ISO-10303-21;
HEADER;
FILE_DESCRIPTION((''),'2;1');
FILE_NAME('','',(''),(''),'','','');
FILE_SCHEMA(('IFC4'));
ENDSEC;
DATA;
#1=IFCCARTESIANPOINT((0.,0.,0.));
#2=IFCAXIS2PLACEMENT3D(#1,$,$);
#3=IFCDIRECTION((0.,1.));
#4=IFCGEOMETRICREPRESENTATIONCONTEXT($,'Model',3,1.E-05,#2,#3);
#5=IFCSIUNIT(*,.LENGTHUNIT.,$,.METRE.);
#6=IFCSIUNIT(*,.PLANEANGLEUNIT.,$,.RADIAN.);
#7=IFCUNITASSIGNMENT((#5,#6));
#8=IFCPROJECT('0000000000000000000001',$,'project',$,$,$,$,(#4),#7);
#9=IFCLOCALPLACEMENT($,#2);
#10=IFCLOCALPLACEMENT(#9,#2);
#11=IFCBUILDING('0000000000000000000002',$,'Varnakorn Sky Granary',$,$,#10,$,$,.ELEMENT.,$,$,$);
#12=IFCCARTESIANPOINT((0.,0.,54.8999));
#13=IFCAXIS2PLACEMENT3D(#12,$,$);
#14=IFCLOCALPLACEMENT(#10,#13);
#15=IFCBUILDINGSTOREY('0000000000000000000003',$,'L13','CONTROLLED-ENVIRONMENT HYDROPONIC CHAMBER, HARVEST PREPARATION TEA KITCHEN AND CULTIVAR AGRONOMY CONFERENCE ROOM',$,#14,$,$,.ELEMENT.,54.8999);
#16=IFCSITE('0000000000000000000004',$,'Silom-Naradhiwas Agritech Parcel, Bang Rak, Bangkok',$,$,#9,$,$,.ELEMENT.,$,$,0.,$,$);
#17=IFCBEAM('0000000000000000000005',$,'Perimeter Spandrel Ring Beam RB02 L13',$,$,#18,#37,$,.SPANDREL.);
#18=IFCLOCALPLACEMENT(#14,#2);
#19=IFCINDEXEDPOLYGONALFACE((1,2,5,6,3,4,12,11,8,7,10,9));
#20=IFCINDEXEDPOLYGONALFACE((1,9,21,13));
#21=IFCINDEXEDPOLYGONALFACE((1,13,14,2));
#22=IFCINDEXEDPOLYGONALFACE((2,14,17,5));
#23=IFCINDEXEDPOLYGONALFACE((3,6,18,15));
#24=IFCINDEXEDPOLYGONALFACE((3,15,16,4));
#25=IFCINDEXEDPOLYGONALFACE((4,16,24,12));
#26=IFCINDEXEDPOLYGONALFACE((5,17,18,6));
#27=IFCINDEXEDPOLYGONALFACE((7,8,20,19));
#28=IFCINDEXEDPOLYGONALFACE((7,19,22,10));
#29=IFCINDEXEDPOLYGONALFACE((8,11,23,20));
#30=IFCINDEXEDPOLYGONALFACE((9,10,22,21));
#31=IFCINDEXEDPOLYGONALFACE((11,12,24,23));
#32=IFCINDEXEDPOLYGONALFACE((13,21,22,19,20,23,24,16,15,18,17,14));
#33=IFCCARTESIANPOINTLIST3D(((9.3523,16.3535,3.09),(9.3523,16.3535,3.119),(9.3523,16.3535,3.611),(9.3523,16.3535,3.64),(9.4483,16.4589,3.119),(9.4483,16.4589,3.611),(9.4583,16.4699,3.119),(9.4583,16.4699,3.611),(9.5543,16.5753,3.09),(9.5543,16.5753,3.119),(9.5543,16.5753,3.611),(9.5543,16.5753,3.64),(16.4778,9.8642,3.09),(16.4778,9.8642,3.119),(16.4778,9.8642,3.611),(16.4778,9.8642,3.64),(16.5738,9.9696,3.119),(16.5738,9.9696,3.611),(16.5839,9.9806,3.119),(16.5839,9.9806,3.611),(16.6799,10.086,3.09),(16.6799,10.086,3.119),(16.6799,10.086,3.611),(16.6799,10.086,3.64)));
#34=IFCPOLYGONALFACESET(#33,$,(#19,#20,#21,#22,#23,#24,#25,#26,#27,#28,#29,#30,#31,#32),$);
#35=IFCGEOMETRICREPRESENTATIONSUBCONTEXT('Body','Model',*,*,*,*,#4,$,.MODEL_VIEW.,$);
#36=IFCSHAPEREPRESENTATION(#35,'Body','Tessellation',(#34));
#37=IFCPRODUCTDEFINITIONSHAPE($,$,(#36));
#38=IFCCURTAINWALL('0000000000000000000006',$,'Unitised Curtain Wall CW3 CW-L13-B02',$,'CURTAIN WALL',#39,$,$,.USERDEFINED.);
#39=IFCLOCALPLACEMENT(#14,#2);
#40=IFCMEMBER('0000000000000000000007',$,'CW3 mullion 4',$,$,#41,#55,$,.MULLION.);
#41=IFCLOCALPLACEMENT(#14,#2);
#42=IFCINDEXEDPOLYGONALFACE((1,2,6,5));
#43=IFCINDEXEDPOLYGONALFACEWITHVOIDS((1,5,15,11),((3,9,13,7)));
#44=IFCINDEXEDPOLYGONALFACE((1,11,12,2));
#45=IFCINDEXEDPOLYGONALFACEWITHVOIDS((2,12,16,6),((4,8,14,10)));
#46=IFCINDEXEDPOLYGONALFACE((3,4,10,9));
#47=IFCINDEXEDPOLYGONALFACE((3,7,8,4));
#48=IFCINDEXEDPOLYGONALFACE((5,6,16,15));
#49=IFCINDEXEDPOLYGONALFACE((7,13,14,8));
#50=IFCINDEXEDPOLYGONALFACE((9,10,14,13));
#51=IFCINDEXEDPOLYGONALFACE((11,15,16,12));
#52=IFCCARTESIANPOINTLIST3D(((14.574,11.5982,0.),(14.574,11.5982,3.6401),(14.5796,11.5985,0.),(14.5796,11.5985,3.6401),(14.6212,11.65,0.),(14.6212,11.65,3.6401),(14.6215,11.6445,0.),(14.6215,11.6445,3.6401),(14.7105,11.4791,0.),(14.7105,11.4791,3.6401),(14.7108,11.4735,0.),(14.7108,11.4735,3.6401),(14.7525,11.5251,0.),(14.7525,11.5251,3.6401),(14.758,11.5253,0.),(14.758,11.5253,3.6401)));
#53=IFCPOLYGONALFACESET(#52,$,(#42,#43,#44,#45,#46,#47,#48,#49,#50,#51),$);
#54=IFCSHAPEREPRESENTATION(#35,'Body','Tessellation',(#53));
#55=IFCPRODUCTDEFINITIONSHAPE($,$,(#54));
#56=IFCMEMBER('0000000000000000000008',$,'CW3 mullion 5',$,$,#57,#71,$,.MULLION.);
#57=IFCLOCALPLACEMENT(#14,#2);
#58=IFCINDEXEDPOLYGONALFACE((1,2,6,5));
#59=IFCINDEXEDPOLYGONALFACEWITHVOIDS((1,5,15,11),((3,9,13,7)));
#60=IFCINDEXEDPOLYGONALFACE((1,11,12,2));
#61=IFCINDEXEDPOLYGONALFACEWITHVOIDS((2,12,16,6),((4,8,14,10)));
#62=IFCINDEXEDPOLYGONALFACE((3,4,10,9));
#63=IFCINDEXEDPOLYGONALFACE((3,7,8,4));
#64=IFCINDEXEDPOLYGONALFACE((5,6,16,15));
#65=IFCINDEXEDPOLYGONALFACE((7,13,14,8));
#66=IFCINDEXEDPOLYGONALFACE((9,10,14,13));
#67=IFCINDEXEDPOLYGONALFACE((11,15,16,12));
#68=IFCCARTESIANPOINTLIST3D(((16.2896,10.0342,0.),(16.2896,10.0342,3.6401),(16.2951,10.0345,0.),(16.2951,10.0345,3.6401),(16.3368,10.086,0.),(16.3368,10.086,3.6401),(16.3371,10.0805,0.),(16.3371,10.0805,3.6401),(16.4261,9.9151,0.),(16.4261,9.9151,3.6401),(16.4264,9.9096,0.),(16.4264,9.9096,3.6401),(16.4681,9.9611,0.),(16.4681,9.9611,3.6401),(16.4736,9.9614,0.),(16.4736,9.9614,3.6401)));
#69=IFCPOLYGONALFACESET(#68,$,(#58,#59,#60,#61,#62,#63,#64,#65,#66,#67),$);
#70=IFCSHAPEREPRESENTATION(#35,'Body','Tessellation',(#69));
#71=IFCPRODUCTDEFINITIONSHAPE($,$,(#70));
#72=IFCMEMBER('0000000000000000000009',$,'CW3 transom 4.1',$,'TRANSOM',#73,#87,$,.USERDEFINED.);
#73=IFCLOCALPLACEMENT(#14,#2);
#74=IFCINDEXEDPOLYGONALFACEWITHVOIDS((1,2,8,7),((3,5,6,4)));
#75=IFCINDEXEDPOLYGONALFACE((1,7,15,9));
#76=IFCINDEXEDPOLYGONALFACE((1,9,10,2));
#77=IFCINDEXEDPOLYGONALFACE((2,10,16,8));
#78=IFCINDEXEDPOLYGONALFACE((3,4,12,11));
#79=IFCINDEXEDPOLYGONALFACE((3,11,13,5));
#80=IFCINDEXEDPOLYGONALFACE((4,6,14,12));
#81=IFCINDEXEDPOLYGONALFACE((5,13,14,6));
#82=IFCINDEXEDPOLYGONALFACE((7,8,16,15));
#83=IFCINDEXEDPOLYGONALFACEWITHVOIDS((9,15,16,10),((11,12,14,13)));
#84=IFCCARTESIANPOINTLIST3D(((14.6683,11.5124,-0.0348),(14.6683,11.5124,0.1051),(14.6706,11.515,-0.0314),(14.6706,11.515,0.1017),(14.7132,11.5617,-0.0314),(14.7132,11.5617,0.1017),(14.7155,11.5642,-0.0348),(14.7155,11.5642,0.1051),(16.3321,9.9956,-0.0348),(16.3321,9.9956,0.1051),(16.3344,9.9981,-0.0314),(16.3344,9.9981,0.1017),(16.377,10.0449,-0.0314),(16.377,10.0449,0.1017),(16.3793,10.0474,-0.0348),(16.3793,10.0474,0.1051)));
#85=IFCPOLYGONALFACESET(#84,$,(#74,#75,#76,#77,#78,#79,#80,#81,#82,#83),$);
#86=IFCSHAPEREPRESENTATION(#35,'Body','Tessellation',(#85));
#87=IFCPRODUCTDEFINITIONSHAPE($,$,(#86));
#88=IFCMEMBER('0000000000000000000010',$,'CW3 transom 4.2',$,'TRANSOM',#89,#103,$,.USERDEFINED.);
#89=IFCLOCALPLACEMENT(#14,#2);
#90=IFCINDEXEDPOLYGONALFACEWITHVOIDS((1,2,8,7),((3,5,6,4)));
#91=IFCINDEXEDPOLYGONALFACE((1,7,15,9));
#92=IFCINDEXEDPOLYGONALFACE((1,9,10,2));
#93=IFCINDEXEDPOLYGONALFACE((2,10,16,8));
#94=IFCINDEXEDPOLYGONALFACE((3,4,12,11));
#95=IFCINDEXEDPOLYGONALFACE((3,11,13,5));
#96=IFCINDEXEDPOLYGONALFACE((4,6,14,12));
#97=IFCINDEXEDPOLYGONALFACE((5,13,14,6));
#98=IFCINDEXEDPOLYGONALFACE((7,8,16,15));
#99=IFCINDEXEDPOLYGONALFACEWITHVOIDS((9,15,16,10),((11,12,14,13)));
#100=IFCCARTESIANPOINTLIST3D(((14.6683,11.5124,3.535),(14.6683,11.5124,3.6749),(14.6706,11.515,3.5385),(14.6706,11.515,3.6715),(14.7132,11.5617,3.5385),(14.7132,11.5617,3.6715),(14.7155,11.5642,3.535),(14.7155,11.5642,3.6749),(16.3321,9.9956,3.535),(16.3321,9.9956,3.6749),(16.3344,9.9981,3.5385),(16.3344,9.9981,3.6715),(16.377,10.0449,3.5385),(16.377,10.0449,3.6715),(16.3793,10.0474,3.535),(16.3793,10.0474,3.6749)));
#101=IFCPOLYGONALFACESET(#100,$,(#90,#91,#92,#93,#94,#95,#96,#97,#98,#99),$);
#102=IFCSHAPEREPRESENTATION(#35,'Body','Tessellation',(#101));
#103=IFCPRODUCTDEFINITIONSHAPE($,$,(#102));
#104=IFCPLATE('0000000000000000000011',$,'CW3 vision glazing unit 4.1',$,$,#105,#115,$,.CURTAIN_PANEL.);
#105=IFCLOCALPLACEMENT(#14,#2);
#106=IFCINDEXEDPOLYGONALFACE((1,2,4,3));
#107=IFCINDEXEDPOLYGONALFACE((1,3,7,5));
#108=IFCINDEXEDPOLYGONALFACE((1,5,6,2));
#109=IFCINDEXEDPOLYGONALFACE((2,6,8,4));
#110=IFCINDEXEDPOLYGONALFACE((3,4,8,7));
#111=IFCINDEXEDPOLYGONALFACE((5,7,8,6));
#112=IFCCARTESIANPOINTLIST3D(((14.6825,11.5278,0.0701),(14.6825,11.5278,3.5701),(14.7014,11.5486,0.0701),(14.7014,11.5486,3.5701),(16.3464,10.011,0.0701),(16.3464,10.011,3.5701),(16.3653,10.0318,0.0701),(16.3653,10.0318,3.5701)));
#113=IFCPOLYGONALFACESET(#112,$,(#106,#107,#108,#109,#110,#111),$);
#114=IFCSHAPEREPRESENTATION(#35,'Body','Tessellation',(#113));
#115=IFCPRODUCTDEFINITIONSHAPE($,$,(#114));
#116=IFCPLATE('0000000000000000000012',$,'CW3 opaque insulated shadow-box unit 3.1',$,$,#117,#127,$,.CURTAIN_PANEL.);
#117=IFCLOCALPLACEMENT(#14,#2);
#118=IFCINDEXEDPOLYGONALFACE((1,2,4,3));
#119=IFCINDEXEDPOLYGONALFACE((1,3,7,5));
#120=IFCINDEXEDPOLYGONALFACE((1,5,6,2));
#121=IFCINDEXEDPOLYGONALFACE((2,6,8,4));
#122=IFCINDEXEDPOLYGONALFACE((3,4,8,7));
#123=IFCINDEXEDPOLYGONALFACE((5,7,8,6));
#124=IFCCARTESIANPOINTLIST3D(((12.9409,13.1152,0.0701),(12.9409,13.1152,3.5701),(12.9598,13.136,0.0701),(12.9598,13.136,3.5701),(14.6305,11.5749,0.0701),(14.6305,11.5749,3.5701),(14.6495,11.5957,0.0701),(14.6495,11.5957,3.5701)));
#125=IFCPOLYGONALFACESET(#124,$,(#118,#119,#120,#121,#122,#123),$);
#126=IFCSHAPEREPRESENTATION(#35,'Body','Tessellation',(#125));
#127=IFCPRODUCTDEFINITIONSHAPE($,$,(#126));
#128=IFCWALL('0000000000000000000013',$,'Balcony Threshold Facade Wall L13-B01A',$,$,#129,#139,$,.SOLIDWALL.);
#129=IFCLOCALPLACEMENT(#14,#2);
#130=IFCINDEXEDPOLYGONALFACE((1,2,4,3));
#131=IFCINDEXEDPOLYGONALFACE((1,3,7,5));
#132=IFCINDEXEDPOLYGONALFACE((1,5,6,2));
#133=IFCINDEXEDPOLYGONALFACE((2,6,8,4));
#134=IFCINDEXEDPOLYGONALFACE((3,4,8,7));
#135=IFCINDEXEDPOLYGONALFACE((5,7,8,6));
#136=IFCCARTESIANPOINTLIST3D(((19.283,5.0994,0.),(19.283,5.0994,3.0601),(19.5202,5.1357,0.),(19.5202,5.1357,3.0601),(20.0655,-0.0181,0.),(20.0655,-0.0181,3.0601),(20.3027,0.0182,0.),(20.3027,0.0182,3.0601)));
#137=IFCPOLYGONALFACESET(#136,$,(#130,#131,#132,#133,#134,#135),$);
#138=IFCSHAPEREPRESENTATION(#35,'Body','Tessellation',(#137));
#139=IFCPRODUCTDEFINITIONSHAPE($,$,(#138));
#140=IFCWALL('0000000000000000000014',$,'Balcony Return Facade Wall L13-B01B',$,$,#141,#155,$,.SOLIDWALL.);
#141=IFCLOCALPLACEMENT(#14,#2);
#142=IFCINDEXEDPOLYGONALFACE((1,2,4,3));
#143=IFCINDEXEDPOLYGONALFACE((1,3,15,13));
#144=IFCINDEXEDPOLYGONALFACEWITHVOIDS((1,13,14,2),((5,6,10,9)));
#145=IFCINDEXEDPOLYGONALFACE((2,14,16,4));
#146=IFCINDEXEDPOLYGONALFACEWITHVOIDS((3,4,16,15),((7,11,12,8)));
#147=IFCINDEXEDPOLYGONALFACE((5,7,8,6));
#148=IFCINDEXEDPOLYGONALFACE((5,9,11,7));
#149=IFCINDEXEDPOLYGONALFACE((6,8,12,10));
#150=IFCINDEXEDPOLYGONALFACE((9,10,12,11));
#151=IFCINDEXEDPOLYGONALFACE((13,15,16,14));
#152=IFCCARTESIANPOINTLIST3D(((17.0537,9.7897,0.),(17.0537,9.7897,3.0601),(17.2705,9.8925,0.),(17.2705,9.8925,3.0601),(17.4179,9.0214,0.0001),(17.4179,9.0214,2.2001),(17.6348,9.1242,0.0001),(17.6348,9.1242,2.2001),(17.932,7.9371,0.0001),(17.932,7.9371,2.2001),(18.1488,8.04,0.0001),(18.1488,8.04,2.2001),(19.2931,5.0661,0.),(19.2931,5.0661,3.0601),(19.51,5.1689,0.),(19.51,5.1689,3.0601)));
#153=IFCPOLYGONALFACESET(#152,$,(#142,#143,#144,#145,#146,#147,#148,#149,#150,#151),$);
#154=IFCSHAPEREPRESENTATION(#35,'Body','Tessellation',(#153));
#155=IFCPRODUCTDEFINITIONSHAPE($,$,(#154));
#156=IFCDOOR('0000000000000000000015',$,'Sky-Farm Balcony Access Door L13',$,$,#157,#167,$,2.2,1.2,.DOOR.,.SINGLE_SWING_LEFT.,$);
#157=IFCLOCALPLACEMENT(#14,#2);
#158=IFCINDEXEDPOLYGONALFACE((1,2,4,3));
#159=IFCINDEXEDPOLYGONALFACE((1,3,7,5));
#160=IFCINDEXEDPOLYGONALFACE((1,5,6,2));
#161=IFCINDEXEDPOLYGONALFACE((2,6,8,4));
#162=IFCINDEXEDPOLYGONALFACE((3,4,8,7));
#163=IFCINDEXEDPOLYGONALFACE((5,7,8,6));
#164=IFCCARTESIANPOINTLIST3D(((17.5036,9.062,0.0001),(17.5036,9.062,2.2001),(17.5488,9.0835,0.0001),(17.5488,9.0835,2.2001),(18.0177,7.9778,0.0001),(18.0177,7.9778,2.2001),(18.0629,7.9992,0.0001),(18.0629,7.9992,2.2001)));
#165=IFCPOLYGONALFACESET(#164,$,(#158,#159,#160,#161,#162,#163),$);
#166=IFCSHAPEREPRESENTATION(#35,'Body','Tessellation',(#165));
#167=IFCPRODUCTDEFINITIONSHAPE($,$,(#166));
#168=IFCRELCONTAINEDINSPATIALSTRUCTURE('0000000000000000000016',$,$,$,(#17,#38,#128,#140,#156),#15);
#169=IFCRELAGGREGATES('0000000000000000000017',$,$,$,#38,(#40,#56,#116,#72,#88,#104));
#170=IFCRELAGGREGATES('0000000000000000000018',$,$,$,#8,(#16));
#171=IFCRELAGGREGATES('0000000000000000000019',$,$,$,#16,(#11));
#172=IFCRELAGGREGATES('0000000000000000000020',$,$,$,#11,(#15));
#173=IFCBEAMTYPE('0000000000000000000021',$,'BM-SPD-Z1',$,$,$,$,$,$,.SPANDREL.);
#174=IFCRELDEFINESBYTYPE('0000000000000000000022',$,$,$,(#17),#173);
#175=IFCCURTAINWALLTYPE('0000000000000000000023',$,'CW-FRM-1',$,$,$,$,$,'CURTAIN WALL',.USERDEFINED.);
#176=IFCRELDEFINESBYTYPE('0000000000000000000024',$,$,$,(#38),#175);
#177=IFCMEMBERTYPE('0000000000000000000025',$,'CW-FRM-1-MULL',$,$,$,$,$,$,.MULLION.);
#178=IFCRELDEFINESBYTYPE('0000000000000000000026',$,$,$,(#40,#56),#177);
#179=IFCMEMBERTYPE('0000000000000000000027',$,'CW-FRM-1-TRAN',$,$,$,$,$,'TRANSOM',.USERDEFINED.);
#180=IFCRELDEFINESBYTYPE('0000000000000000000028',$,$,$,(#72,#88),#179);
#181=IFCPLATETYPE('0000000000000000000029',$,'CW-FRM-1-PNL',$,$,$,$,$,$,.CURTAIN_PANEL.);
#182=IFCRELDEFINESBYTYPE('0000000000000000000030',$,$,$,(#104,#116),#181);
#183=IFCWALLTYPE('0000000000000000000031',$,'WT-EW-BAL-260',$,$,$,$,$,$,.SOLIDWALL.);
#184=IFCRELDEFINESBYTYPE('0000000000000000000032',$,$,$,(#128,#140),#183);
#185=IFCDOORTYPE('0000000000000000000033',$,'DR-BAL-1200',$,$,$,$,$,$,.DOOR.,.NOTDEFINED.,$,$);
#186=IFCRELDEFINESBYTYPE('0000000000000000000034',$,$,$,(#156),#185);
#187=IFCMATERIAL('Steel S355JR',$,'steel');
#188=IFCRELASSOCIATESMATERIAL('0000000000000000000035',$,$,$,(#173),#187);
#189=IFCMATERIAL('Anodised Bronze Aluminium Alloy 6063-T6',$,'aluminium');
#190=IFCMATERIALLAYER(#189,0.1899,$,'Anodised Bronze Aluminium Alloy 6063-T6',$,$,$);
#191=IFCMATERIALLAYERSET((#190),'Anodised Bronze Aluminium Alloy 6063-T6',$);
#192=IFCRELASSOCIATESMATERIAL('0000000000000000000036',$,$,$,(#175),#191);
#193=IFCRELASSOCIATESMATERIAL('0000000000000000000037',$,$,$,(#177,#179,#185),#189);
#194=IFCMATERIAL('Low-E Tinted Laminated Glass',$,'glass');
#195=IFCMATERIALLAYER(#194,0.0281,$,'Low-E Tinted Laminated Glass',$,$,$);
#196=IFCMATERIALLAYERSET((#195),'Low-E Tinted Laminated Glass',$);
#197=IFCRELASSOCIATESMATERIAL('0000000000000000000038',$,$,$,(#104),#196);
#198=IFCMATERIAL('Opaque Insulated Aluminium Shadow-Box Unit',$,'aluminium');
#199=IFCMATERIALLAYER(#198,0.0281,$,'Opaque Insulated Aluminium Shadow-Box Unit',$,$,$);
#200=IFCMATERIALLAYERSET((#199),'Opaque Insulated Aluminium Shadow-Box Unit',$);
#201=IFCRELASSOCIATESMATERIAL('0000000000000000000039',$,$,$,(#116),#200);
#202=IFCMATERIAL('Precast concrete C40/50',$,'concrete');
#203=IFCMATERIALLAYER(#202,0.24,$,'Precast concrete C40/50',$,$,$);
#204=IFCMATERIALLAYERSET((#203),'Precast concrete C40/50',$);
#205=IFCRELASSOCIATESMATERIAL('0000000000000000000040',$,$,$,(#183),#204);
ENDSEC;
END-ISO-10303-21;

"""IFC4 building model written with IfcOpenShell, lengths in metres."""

from ifc_helpers import new_model, si_unit, direction, frame, frame_2d, origin, origin_2d, place, context, subcontext, project, spatial, rectangle, hollow_rectangle, i_section, extrude, source, transform, mapped, material, layer, layer_set, material_profile, profile_set, type_object, type_shapes, element, fill, aggregate, save


model = new_model("IFC4")

# Units and contexts
model_context = context("Model", 3, precision=1e-05, world=origin(), true_north=direction((0.0, 1.0)))
body_context = subcontext(model_context, "Body", "Model", "MODEL_VIEW")
ifc_project = project(units=[si_unit("LENGTHUNIT", "METRE"), si_unit("PLANEANGLEUNIT", "RADIAN")], contexts=[model_context])

# Site, building, storey
site_placement = place(None, origin())
site = spatial("IfcSite", under=ifc_project, at=site_placement, Name="Silom-Naradhiwas Agritech Parcel, Bang Rak, Bangkok", CompositionType="ELEMENT", RefElevation=0.0)
building_placement = place(site_placement, origin())
building = spatial("IfcBuilding", under=site, at=building_placement, Name="Varnakorn Sky Granary", CompositionType="ELEMENT")
storey_placement = place(building_placement, frame((0.0, 0.0, 54.8999)))
storey = spatial("IfcBuildingStorey", under=building, at=storey_placement, Name="L13", Description="CONTROLLED-ENVIRONMENT HYDROPONIC CHAMBER, HARVEST PREPARATION TEA KITCHEN AND CULTIVAR AGRONOMY CONFERENCE ROOM", CompositionType="ELEMENT", Elevation=54.8999)

# Beam
ifc_material_1 = material(Name="Steel S355JR", Category="steel")
ifc_material_profile_1 = material_profile(ifc_material_1, i_section(OverallWidth=0.3, OverallDepth=0.55, WebThickness=0.0149, FlangeThickness=0.0291, at=origin_2d()), Name="HE 550 B")
ifc_profile_set_1 = profile_set([ifc_material_profile_1], Name="Steel S355JR")
beam_type_1 = type_object("IfcBeamType", Name="BM-SPD-Z1", PredefinedType="SPANDREL", material=ifc_profile_set_1)
beam_1_placement = place(storey_placement, frame((16.5789, 9.9751, 3.365), z_axis=(-0.739344, 0.673328, 0.0), x_axis=(-0.673328, -0.739344, 0.0)))
element("IfcBeam", 1, at=beam_1_placement, inside=storey, type_object=beam_type_1, Name="Perimeter Spandrel Ring Beam RB02 L13", PredefinedType="SPANDREL", context=body_context, shape_type="SweptSolid", body=[
    extrude(i_section(OverallWidth=0.3, OverallDepth=0.55, WebThickness=0.0149, FlangeThickness=0.0291, at=origin_2d()), origin(), (0.0, 0.0, 1.0), 9.6377),
])

# Curtain wall, members, plates
ifc_material_2 = material(Name="Anodised Bronze Aluminium Alloy 6063-T6", Category="aluminium")
ifc_layer_1 = layer(ifc_material_2, 0.1899, Name="Anodised Bronze Aluminium Alloy 6063-T6")
ifc_layer_set_1 = layer_set([ifc_layer_1], Name="Anodised Bronze Aluminium Alloy 6063-T6")
curtain_wall_type = type_object("IfcCurtainWallType", Name="CW-FRM-1", ElementType="CURTAIN WALL", PredefinedType="USERDEFINED", material=ifc_layer_set_1)
curtain_wall_placement = place(storey_placement, origin())
curtain_wall = element("IfcCurtainWall", 2, at=curtain_wall_placement, inside=storey, type_object=curtain_wall_type, Name="Unitised Curtain Wall CW3 CW-L13-B02", ObjectType="CURTAIN WALL", PredefinedType="USERDEFINED")
ifc_material_profile_2 = material_profile(ifc_material_2, hollow_rectangle(XDim=0.0701, YDim=0.1851, WallThickness=0.0039, at=origin_2d()), Name="ALU MULL 70x185")
ifc_profile_set_2 = profile_set([ifc_material_profile_2], Name="Anodised Bronze Aluminium Alloy 6063-T6")
member_type_1 = type_object("IfcMemberType", Name="CW-FRM-1-MULL", PredefinedType="MULLION", material=ifc_profile_set_2)
member_1_placement = place(storey_placement, frame((14.666, 11.5618, 0.0), z_axis=(0.0, 0.0, 1.0), x_axis=(0.673687, 0.739017, 0.0)))
member_1 = element("IfcMember", 3, at=member_1_placement, type_object=member_type_1, Name="CW3 mullion 4", PredefinedType="MULLION", context=body_context, shape_type="SweptSolid", body=[
    extrude(hollow_rectangle(XDim=0.0701, YDim=0.1851, WallThickness=0.0039, at=origin_2d()), origin(), (0.0, 0.0, 1.0), 3.6401),
])
member_2_placement = place(storey_placement, frame((16.3816, 9.9978, 0.0), z_axis=(0.0, 0.0, 1.0), x_axis=(0.673687, 0.739017, 0.0)))
member_2 = element("IfcMember", 4, at=member_2_placement, type_object=member_type_1, Name="CW3 mullion 5", PredefinedType="MULLION", context=body_context, shape_type="SweptSolid", body=[
    extrude(hollow_rectangle(XDim=0.0701, YDim=0.1851, WallThickness=0.0039, at=origin_2d()), origin(), (0.0, 0.0, 1.0), 3.6401),
])
ifc_material_profile_3 = material_profile(ifc_material_2, hollow_rectangle(XDim=0.0701, YDim=0.1399, WallThickness=0.0034, at=origin_2d()), Name="ALU TRAN 70x140")
ifc_profile_set_3 = profile_set([ifc_material_profile_3], Name="Anodised Bronze Aluminium Alloy 6063-T6")
member_type_2 = type_object("IfcMemberType", Name="CW-FRM-1-TRAN", ElementType="TRANSOM", PredefinedType="USERDEFINED", material=ifc_profile_set_3)
member_3_placement = place(storey_placement, frame((14.6919, 11.5383, 0.0352), z_axis=(0.738992, -0.673714, 0.0), x_axis=(0.673714, 0.738992, 0.0)))
member_3 = element("IfcMember", 5, at=member_3_placement, type_object=member_type_2, Name="CW3 transom 4.1", ObjectType="TRANSOM", PredefinedType="USERDEFINED", context=body_context, shape_type="SweptSolid", body=[
    extrude(hollow_rectangle(XDim=0.0701, YDim=0.1399, WallThickness=0.0034, at=origin_2d()), origin(), (0.0, 0.0, 1.0), 2.2515),
])
member_4_placement = place(storey_placement, frame((14.6919, 11.5383, 3.605), z_axis=(0.738992, -0.673714, 0.0), x_axis=(0.673714, 0.738992, 0.0)))
member_4 = element("IfcMember", 6, at=member_4_placement, type_object=member_type_2, Name="CW3 transom 4.2", ObjectType="TRANSOM", PredefinedType="USERDEFINED", context=body_context, shape_type="SweptSolid", body=[
    extrude(hollow_rectangle(XDim=0.0701, YDim=0.1399, WallThickness=0.0034, at=origin_2d()), origin(), (0.0, 0.0, 1.0), 2.2515),
])
ifc_material_3 = material(Name="Low-E Tinted Laminated Glass", Category="glass")
ifc_layer_2 = layer(ifc_material_3, 0.0281, Name="Low-E Tinted Laminated Glass")
ifc_layer_set_2 = layer_set([ifc_layer_2], Name="Low-E Tinted Laminated Glass")
plate_type = type_object("IfcPlateType", Name="CW-FRM-1-PNL", PredefinedType="CURTAIN_PANEL")
shared_shape_1 = source(origin(), body_context, "Body", "SweptSolid", [
    extrude(rectangle(XDim=2.2515, YDim=0.0281, at=origin_2d()), origin(), (0.0, 0.0, 1.0), 3.5),
])
plate_1_placement = place(storey_placement, frame((15.5239, 10.7798, 0.0701), z_axis=(0.0, 0.0, 1.0), x_axis=(0.739017, -0.673687, 0.0)))
plate_1 = element("IfcPlate", 7, at=plate_1_placement, type_object=plate_type, material=ifc_layer_set_2, Name="CW3 vision glazing unit 4.1", PredefinedType="CURTAIN_PANEL", context=body_context, shape_type="MappedRepresentation", body=[
    mapped(shared_shape_1, transform((0.0, 0.0, 0.0), x_axis=(1.0, 0.0, 0.0), y_axis=(0.0, 1.0, 0.0), z_axis=(0.0, 0.0, 1.0), scale=1.0)),
])
ifc_material_4 = material(Name="Opaque Insulated Aluminium Shadow-Box Unit", Category="aluminium")
ifc_layer_3 = layer(ifc_material_4, 0.0281, Name="Opaque Insulated Aluminium Shadow-Box Unit")
ifc_layer_set_3 = layer_set([ifc_layer_3], Name="Opaque Insulated Aluminium Shadow-Box Unit")
shared_shape_2 = source(origin(), body_context, "Body", "SweptSolid", [
    extrude(rectangle(XDim=2.2864, YDim=0.0281, at=origin_2d()), origin(), (0.0, 0.0, 1.0), 3.5),
])
type_shapes(plate_type, [shared_shape_1, shared_shape_2])
plate_2_placement = place(storey_placement, frame((13.7952, 12.3555, 0.0701), z_axis=(0.0, 0.0, 1.0), x_axis=(0.739017, -0.673687, 0.0)))
plate_2 = element("IfcPlate", 8, at=plate_2_placement, type_object=plate_type, material=ifc_layer_set_3, Name="CW3 opaque insulated shadow-box unit 3.1", PredefinedType="CURTAIN_PANEL", context=body_context, shape_type="MappedRepresentation", body=[
    mapped(shared_shape_2, transform((0.0, 0.0, 0.0), x_axis=(1.0, 0.0, 0.0), y_axis=(0.0, 1.0, 0.0), z_axis=(0.0, 0.0, 1.0), scale=1.0)),
])
aggregate(curtain_wall, [member_1, member_2, plate_2, member_3, member_4, plate_1])

# Wall
ifc_material_5 = material(Name="Precast concrete C40/50", Category="concrete")
ifc_layer_4 = layer(ifc_material_5, 0.24, Name="Precast concrete C40/50")
ifc_layer_set_4 = layer_set([ifc_layer_4], Name="Precast concrete C40/50")
wall_type_1 = type_object("IfcWallType", Name="WT-EW-BAL-260", PredefinedType="SOLIDWALL", material=ifc_layer_set_4)
wall_1_placement = place(storey_placement, frame((19.4016, 5.1174, 0.0), z_axis=(0.0, 0.0, 1.0), x_axis=(0.151146, -0.988511, 0.0)))
element("IfcWall", 9, at=wall_1_placement, inside=storey, type_object=wall_type_1, Name="Balcony Threshold Facade Wall L13-B01A", PredefinedType="SOLIDWALL", context=body_context, shape_type="SweptSolid", body=[
    extrude(rectangle(XDim=5.177, YDim=0.24, at=frame_2d((2.5884, 0.0))), origin(), (0.0, 0.0, 1.0), 3.0601),
])

# Wall, opening, door
wall_2_placement = place(storey_placement, frame((17.1621, 9.8411, 0.0), z_axis=(0.0, 0.0, 1.0), x_axis=(0.428397, -0.90359, 0.0)))
wall_2 = element("IfcWall", 10, at=wall_2_placement, inside=storey, type_object=wall_type_1, Name="Balcony Return Facade Wall L13-B01B", PredefinedType="SOLIDWALL", context=body_context, shape_type="SweptSolid", body=[
    extrude(rectangle(XDim=5.2275, YDim=0.24, at=frame_2d((2.6138, 0.0))), origin(), (0.0, 0.0, 1.0), 3.0601),
])
opening_1_placement = place(wall_2_placement, frame((0.8501, 0.0, 0.0)))
opening_1 = element("IfcOpeningElement", 11, at=opening_1_placement, cuts=wall_2, PredefinedType="OPENING", context=body_context, shape_type="SweptSolid", body=[
    extrude(rectangle(XDim=1.2, YDim=2.2, at=frame_2d((0.6001, 1.1001))), frame((0.0, 0.1299, 0.0), z_axis=(0.0, -1.0, 0.0), x_axis=(1.0, 0.0, 0.0)), (0.0, 0.0, 1.0), 0.26),
])
door_type_1 = type_object("IfcDoorType", Name="DR-BAL-1200", OperationType="NOTDEFINED", PredefinedType="DOOR", material=ifc_material_2)
door_1_placement = place(opening_1_placement, origin())
door_1 = element("IfcDoor", 12, at=door_1_placement, inside=storey, type_object=door_type_1, Name="Sky-Farm Balcony Access Door L13", OperationType="SINGLE_SWING_LEFT", OverallHeight=2.2, OverallWidth=1.2, PredefinedType="DOOR", context=body_context, shape_type="SweptSolid", body=[
    extrude(rectangle(XDim=1.2, YDim=2.2, at=frame_2d((0.6001, 1.1001))), frame((0.0, 0.0249, 0.0), z_axis=(0.0, -1.0, 0.0), x_axis=(1.0, 0.0, 0.0)), (0.0, 0.0, 1.0), 0.05),
])
fill(opening_1, door_1)

save(model, "model.ifc")
